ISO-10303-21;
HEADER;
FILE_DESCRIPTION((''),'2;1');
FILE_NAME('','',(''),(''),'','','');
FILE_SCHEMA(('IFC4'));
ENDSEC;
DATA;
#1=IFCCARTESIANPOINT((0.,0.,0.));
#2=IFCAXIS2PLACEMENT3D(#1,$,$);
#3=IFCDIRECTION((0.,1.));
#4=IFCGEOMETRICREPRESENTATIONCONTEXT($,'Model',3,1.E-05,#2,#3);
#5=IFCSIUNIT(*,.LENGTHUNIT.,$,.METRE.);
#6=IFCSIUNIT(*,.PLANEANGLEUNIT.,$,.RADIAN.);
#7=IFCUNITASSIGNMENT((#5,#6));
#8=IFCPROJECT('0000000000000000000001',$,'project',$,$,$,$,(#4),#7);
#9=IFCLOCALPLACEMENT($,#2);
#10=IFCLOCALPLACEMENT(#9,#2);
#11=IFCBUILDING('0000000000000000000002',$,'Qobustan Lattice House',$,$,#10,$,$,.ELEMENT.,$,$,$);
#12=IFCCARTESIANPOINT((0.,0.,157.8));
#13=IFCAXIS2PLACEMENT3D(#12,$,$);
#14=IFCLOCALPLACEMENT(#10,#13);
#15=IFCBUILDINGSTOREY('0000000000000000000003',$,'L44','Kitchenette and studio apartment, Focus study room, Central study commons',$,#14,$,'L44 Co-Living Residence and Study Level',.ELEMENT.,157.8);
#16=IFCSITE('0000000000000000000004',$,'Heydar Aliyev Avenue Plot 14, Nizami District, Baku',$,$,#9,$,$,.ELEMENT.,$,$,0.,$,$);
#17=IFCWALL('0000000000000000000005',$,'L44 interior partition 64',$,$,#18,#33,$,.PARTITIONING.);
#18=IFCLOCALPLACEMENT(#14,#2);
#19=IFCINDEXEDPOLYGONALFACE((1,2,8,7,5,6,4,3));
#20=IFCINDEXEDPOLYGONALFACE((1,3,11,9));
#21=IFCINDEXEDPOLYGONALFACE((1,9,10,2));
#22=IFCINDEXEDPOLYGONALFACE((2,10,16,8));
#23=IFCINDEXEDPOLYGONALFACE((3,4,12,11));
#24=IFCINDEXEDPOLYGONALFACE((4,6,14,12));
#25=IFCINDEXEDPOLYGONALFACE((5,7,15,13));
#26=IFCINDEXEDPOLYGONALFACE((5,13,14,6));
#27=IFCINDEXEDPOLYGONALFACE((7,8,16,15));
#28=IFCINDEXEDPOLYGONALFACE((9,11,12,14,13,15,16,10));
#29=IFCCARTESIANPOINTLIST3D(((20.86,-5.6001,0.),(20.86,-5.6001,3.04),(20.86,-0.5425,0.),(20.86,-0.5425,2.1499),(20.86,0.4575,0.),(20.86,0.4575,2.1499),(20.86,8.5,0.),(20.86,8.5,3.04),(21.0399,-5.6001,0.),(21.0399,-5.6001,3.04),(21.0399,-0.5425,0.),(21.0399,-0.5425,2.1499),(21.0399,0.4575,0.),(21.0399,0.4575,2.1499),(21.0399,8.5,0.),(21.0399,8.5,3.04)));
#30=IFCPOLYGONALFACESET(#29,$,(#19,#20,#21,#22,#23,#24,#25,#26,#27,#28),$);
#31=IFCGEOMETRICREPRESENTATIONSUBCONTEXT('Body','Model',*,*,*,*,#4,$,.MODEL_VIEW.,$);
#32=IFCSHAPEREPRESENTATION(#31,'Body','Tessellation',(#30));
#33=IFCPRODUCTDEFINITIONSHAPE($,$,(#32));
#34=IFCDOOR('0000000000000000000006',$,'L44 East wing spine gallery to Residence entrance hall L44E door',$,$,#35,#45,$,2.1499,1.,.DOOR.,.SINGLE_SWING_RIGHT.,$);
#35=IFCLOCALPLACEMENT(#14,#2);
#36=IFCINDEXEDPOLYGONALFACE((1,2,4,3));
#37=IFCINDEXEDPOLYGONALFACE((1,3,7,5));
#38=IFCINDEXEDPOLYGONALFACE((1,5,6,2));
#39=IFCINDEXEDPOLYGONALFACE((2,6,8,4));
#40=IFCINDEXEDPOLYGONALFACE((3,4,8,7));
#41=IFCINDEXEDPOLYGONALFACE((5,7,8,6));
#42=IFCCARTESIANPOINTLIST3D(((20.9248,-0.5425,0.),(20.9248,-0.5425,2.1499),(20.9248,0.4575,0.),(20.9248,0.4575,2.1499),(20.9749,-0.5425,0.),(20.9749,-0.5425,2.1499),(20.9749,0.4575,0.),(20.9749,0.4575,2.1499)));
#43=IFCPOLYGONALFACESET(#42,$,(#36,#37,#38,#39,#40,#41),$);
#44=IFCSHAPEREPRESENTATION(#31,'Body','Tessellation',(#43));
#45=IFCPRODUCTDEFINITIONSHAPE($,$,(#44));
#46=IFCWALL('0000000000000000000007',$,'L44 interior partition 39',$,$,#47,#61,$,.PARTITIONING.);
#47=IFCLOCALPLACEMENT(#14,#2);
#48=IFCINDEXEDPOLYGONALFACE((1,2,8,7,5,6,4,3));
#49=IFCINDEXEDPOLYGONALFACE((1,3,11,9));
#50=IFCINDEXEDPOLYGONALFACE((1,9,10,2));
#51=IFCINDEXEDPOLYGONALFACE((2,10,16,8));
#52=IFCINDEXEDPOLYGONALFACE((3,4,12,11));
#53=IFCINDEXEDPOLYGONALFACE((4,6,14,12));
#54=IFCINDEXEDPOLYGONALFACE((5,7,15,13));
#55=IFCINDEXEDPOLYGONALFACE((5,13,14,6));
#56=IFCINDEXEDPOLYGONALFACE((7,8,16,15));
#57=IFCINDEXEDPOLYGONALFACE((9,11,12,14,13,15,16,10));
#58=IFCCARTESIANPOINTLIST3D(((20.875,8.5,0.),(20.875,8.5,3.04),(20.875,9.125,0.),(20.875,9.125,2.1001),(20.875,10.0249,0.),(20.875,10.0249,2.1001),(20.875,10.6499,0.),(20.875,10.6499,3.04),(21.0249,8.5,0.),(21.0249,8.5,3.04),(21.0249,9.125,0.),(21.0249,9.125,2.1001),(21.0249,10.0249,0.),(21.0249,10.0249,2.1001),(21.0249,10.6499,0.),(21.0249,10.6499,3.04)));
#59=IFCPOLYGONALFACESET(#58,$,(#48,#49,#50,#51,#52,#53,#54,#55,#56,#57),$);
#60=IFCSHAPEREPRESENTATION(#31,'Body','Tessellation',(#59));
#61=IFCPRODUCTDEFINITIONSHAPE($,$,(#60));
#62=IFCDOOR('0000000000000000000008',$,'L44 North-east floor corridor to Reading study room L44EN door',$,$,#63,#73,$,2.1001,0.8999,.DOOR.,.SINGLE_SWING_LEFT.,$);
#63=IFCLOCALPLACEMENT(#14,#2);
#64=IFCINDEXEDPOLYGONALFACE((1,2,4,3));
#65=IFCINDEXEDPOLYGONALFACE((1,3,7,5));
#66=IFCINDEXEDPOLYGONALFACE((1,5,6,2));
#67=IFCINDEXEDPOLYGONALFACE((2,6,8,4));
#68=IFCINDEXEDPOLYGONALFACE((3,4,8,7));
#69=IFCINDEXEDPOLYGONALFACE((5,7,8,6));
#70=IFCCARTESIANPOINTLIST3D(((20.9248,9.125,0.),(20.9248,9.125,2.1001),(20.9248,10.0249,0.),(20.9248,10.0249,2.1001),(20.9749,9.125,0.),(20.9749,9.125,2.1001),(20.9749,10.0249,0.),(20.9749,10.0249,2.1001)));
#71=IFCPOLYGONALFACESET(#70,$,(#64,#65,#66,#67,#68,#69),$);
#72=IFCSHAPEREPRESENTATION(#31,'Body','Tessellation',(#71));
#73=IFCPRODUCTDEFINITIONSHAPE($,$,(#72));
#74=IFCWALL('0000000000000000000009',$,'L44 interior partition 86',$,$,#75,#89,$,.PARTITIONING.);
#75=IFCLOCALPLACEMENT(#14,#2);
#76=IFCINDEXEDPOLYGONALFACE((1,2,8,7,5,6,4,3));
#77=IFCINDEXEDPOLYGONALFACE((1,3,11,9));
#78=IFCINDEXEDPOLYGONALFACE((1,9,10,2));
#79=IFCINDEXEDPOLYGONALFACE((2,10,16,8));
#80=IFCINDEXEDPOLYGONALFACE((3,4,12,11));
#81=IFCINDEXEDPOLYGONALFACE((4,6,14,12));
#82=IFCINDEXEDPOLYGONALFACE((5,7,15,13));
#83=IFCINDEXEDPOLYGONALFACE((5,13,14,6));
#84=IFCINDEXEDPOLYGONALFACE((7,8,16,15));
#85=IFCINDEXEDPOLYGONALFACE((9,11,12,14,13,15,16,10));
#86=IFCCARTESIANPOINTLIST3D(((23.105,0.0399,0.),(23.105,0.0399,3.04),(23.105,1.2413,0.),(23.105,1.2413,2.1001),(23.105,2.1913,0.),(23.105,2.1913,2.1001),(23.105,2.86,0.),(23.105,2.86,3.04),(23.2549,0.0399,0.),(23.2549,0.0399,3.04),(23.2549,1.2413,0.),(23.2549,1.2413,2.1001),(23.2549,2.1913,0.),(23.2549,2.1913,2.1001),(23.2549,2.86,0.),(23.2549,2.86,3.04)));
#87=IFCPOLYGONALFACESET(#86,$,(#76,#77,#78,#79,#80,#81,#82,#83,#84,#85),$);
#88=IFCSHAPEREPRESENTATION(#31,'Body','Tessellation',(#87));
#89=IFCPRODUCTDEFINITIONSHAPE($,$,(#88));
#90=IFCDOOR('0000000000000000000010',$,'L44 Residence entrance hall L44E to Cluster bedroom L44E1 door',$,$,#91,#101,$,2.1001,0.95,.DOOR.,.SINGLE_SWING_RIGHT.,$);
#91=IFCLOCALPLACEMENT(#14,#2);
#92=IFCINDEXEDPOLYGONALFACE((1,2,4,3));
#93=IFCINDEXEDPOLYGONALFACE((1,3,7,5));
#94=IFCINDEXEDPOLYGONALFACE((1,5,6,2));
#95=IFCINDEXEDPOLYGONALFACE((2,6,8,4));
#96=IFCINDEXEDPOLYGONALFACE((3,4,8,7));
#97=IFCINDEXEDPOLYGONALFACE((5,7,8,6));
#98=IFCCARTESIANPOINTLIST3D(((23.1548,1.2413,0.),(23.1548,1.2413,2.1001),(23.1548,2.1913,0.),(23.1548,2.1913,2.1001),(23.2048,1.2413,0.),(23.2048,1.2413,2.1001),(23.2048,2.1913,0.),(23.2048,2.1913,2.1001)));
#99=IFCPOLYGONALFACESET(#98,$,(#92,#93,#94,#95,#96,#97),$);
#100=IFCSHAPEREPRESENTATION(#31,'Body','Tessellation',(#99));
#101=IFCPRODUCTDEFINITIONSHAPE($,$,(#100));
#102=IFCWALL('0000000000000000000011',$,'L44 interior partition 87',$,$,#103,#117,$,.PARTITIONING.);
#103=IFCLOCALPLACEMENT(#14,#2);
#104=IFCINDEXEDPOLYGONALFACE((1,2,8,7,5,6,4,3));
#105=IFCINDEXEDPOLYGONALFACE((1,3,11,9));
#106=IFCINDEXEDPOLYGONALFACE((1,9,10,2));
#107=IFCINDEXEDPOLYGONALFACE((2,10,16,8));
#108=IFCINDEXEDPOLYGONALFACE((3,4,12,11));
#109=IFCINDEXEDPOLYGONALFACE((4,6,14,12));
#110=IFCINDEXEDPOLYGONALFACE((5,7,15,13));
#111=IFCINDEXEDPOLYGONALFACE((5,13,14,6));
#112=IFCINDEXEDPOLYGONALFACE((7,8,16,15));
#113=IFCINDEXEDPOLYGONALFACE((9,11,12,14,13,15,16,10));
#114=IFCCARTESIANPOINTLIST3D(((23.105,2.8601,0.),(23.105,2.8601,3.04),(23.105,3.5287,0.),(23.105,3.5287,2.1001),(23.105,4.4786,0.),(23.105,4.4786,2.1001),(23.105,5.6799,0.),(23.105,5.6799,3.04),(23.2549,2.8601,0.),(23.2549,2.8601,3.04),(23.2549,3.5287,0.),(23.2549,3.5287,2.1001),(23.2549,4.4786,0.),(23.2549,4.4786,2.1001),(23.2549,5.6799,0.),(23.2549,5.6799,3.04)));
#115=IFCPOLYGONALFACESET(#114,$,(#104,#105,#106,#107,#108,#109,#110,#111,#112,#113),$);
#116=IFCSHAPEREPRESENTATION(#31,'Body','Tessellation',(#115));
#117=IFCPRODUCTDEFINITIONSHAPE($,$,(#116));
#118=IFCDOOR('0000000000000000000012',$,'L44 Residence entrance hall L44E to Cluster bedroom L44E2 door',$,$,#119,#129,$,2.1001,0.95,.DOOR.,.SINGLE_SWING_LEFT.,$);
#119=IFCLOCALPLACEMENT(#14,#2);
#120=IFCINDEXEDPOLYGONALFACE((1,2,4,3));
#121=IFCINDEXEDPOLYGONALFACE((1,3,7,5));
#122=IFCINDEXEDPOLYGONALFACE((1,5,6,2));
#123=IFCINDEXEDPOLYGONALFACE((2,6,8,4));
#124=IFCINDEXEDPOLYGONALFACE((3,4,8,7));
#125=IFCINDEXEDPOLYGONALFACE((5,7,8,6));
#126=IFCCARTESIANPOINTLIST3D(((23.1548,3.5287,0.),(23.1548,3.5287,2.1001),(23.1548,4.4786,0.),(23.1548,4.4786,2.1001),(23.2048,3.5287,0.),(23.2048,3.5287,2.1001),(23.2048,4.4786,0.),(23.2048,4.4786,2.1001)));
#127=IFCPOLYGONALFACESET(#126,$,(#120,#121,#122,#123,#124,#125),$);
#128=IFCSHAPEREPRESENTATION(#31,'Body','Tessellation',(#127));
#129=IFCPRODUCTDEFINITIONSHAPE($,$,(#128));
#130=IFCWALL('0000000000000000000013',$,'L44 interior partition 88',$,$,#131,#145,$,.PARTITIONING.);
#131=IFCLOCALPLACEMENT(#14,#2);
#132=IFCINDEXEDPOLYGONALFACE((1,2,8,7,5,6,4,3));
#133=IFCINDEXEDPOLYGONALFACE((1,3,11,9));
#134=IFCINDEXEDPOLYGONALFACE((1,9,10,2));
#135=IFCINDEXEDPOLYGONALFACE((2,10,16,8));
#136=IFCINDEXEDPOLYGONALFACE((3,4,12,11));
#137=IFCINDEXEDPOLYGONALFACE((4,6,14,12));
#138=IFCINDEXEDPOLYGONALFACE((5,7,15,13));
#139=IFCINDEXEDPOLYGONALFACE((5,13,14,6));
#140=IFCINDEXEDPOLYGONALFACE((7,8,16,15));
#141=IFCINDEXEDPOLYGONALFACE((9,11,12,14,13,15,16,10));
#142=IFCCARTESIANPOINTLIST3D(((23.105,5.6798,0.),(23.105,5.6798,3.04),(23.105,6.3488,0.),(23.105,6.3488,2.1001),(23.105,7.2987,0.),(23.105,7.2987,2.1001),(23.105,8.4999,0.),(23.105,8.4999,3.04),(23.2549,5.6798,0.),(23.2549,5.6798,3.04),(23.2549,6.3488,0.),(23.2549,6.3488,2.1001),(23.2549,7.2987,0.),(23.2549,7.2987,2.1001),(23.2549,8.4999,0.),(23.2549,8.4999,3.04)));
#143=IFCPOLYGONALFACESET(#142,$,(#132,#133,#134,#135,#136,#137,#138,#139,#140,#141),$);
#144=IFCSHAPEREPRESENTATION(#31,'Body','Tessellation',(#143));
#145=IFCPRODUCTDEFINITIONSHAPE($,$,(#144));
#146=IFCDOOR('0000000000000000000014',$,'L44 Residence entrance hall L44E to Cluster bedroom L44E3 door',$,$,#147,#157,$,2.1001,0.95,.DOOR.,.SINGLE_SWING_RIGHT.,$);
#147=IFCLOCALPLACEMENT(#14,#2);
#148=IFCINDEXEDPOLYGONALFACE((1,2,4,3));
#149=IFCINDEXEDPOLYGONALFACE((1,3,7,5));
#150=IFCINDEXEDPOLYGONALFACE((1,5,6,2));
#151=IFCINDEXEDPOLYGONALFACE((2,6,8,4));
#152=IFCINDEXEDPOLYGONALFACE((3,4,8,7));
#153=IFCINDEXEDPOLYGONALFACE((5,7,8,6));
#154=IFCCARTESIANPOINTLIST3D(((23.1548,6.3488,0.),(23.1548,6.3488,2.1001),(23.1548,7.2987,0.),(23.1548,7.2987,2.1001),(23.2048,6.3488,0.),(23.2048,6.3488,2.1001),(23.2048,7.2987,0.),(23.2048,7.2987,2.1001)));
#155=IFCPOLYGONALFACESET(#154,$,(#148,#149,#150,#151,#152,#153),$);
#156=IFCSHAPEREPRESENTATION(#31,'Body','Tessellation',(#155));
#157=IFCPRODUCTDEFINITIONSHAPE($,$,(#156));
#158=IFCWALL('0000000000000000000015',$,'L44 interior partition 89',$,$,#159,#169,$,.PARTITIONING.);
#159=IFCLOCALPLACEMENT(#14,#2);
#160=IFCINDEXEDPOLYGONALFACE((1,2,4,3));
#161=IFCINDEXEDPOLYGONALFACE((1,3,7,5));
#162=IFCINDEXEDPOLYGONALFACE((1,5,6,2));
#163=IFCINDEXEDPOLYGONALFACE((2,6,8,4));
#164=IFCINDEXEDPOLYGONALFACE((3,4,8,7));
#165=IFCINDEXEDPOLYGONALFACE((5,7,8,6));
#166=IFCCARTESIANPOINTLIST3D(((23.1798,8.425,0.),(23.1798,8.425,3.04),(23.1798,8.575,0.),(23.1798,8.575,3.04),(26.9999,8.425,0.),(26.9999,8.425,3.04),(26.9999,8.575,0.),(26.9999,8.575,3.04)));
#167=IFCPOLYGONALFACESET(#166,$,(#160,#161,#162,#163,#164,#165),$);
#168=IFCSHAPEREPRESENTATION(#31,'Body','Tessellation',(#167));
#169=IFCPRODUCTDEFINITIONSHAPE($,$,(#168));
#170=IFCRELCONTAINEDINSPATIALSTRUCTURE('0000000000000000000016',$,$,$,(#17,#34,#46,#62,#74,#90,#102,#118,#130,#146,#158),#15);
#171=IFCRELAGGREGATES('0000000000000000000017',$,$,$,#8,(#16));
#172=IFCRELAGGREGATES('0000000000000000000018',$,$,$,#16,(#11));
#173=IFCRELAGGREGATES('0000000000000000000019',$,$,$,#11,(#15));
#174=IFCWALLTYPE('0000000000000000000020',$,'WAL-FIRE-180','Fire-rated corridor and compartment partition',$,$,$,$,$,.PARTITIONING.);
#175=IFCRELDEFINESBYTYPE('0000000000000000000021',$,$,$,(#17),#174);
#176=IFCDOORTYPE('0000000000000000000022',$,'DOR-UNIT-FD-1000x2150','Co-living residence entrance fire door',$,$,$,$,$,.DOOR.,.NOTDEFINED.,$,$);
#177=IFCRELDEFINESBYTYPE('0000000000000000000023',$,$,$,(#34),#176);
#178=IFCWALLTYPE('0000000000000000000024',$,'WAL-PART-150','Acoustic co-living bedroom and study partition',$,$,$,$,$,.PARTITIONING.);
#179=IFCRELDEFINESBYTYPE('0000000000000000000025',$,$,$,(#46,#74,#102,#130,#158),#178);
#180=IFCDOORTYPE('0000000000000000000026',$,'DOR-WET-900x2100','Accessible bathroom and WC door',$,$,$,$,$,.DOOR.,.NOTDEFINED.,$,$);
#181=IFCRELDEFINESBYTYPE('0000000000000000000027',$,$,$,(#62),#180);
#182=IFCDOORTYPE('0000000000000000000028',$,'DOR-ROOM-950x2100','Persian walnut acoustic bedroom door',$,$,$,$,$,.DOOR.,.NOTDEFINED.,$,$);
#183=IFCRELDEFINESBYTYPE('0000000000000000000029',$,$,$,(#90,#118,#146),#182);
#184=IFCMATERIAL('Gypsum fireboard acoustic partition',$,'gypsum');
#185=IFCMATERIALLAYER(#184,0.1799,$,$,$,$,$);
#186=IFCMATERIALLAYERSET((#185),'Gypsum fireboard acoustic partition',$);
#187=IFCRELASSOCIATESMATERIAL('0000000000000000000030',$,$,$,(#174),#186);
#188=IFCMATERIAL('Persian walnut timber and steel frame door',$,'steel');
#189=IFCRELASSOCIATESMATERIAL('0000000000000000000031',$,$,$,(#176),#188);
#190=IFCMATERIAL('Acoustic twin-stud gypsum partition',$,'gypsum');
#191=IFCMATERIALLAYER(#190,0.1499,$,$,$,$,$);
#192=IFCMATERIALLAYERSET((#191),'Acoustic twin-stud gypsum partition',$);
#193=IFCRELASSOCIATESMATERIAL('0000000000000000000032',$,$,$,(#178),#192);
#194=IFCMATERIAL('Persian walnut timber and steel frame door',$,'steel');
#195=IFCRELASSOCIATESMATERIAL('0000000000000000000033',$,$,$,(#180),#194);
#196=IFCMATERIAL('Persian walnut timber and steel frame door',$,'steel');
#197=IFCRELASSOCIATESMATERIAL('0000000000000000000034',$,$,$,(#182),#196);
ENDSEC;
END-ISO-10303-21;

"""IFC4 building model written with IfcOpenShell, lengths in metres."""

from ifc_helpers import new_model, si_unit, direction, frame, frame_2d, origin, place, context, subcontext, project, spatial, rectangle, extrude, material, layer, layer_set, type_object, element, fill, save


model = new_model("IFC4")

# Units and contexts
model_context = context("Model", 3, precision=1e-05, world=origin(), true_north=direction((0.0, 1.0)))
body_context = subcontext(model_context, "Body", "Model", "MODEL_VIEW")
ifc_project = project(units=[si_unit("LENGTHUNIT", "METRE"), si_unit("PLANEANGLEUNIT", "RADIAN")], contexts=[model_context])

# Site, building, storey
site_placement = place(None, origin())
site = spatial("IfcSite", under=ifc_project, at=site_placement, Name="Heydar Aliyev Avenue Plot 14, Nizami District, Baku", CompositionType="ELEMENT", RefElevation=0.0)
building_placement = place(site_placement, origin())
building = spatial("IfcBuilding", under=site, at=building_placement, Name="Qobustan Lattice House", CompositionType="ELEMENT")
storey_placement = place(building_placement, frame((0.0, 0.0, 157.8)))
storey = spatial("IfcBuildingStorey", under=building, at=storey_placement, Name="L44", Description="Kitchenette and studio apartment, Focus study room, Central study commons", LongName="L44 Co-Living Residence and Study Level", CompositionType="ELEMENT", Elevation=157.8)

# Walls, openings, doors
ifc_material_1 = material(Name="Gypsum fireboard acoustic partition", Category="gypsum")
ifc_layer_1 = layer(ifc_material_1, 0.1799)
ifc_layer_set_1 = layer_set([ifc_layer_1], Name="Gypsum fireboard acoustic partition")
wall_type_1 = type_object("IfcWallType", Name="WAL-FIRE-180", Description="Fire-rated corridor and compartment partition", PredefinedType="PARTITIONING", material=ifc_layer_set_1)
wall_1_placement = place(storey_placement, frame((20.95, 8.5, 0.0), z_axis=(0.0, 0.0, 1.0), x_axis=(0.0, -1.0, 0.0)))
wall_1 = element("IfcWall", 1, at=wall_1_placement, inside=storey, type_object=wall_type_1, Name="L44 interior partition 64", PredefinedType="PARTITIONING", context=body_context, shape_type="SweptSolid", body=[
    extrude(rectangle(XDim=14.1001, YDim=0.1799, at=frame_2d((7.05, 0.0))), origin(), (0.0, 0.0, 1.0), 3.04),
])
opening_1_placement = place(wall_1_placement, frame((8.0425, 0.0, 0.0)))
opening_1 = element("IfcOpeningElement", 2, at=opening_1_placement, cuts=wall_1, PredefinedType="OPENING", context=body_context, shape_type="SweptSolid", body=[
    extrude(rectangle(XDim=1.0, YDim=2.1499, at=frame_2d((0.5, 1.075))), frame((0.0, 0.0999, 0.0), z_axis=(0.0, -1.0, 0.0), x_axis=(1.0, 0.0, 0.0)), (0.0, 0.0, 1.0), 0.2),
])
ifc_material_2 = material(Name="Persian walnut timber and steel frame door", Category="steel")
door_type_1 = type_object("IfcDoorType", Name="DOR-UNIT-FD-1000x2150", Description="Co-living residence entrance fire door", OperationType="NOTDEFINED", PredefinedType="DOOR", material=ifc_material_2)
door_1_placement = place(opening_1_placement, origin())
door_1 = element("IfcDoor", 3, at=door_1_placement, inside=storey, type_object=door_type_1, Name="L44 East wing spine gallery to Residence entrance hall L44E door", OperationType="SINGLE_SWING_RIGHT", OverallHeight=2.1499, OverallWidth=1.0, PredefinedType="DOOR", context=body_context, shape_type="SweptSolid", body=[
    extrude(rectangle(XDim=1.0, YDim=2.1499, at=frame_2d((0.5, 1.075))), frame((0.0, 0.0249, 0.0), z_axis=(0.0, -1.0, 0.0), x_axis=(1.0, 0.0, 0.0)), (0.0, 0.0, 1.0), 0.05),
])
fill(opening_1, door_1)
ifc_material_3 = material(Name="Acoustic twin-stud gypsum partition", Category="gypsum")
ifc_layer_2 = layer(ifc_material_3, 0.1499)
ifc_layer_set_2 = layer_set([ifc_layer_2], Name="Acoustic twin-stud gypsum partition")
wall_type_2 = type_object("IfcWallType", Name="WAL-PART-150", Description="Acoustic co-living bedroom and study partition", PredefinedType="PARTITIONING", material=ifc_layer_set_2)
wall_2_placement = place(storey_placement, frame((20.95, 10.6499, 0.0), z_axis=(0.0, 0.0, 1.0), x_axis=(0.0, -1.0, 0.0)))
wall_2 = element("IfcWall", 4, at=wall_2_placement, inside=storey, type_object=wall_type_2, Name="L44 interior partition 39", PredefinedType="PARTITIONING", context=body_context, shape_type="SweptSolid", body=[
    extrude(rectangle(XDim=2.1499, YDim=0.1499, at=frame_2d((1.075, 0.0))), origin(), (0.0, 0.0, 1.0), 3.04),
])
opening_2_placement = place(wall_2_placement, frame((0.625, 0.0, 0.0)))
opening_2 = element("IfcOpeningElement", 5, at=opening_2_placement, cuts=wall_2, PredefinedType="OPENING", context=body_context, shape_type="SweptSolid", body=[
    extrude(rectangle(XDim=0.8999, YDim=2.1001, at=frame_2d((0.45, 1.05))), frame((0.0, 0.085, 0.0), z_axis=(0.0, -1.0, 0.0), x_axis=(1.0, 0.0, 0.0)), (0.0, 0.0, 1.0), 0.1699),
])
ifc_material_4 = material(Name="Persian walnut timber and steel frame door", Category="steel")
door_type_2 = type_object("IfcDoorType", Name="DOR-WET-900x2100", Description="Accessible bathroom and WC door", OperationType="NOTDEFINED", PredefinedType="DOOR", material=ifc_material_4)
door_2_placement = place(opening_2_placement, origin())
door_2 = element("IfcDoor", 6, at=door_2_placement, inside=storey, type_object=door_type_2, Name="L44 North-east floor corridor to Reading study room L44EN door", OperationType="SINGLE_SWING_LEFT", OverallHeight=2.1001, OverallWidth=0.8999, PredefinedType="DOOR", context=body_context, shape_type="SweptSolid", body=[
    extrude(rectangle(XDim=0.8999, YDim=2.1001, at=frame_2d((0.45, 1.05))), frame((0.0, 0.0249, 0.0), z_axis=(0.0, -1.0, 0.0), x_axis=(1.0, 0.0, 0.0)), (0.0, 0.0, 1.0), 0.05),
])
fill(opening_2, door_2)
wall_3_placement = place(storey_placement, frame((23.1799, 2.8601, 0.0), z_axis=(0.0, 0.0, 1.0), x_axis=(0.0, -1.0, 0.0)))
wall_3 = element("IfcWall", 7, at=wall_3_placement, inside=storey, type_object=wall_type_2, Name="L44 interior partition 86", PredefinedType="PARTITIONING", context=body_context, shape_type="SweptSolid", body=[
    extrude(rectangle(XDim=2.8201, YDim=0.1499, at=frame_2d((1.4102, 0.0))), origin(), (0.0, 0.0, 1.0), 3.04),
])
opening_3_placement = place(wall_3_placement, frame((0.6687, 0.0, 0.0)))
opening_3 = element("IfcOpeningElement", 8, at=opening_3_placement, cuts=wall_3, PredefinedType="OPENING", context=body_context, shape_type="SweptSolid", body=[
    extrude(rectangle(XDim=0.95, YDim=2.1001, at=frame_2d((0.4751, 1.05))), frame((0.0, 0.085, 0.0), z_axis=(0.0, -1.0, 0.0), x_axis=(1.0, 0.0, 0.0)), (0.0, 0.0, 1.0), 0.1699),
])
ifc_material_5 = material(Name="Persian walnut timber and steel frame door", Category="steel")
door_type_3 = type_object("IfcDoorType", Name="DOR-ROOM-950x2100", Description="Persian walnut acoustic bedroom door", OperationType="NOTDEFINED", PredefinedType="DOOR", material=ifc_material_5)
door_3_placement = place(opening_3_placement, origin())
door_3 = element("IfcDoor", 9, at=door_3_placement, inside=storey, type_object=door_type_3, Name="L44 Residence entrance hall L44E to Cluster bedroom L44E1 door", OperationType="SINGLE_SWING_RIGHT", OverallHeight=2.1001, OverallWidth=0.95, PredefinedType="DOOR", context=body_context, shape_type="SweptSolid", body=[
    extrude(rectangle(XDim=0.95, YDim=2.1001, at=frame_2d((0.4751, 1.05))), frame((0.0, 0.0249, 0.0), z_axis=(0.0, -1.0, 0.0), x_axis=(1.0, 0.0, 0.0)), (0.0, 0.0, 1.0), 0.05),
])
fill(opening_3, door_3)
wall_4_placement = place(storey_placement, frame((23.1799, 5.6799, 0.0), z_axis=(0.0, 0.0, 1.0), x_axis=(0.0, -1.0, 0.0)))
wall_4 = element("IfcWall", 10, at=wall_4_placement, inside=storey, type_object=wall_type_2, Name="L44 interior partition 87", PredefinedType="PARTITIONING", context=body_context, shape_type="SweptSolid", body=[
    extrude(rectangle(XDim=2.8198, YDim=0.1499, at=frame_2d((1.4099, 0.0))), origin(), (0.0, 0.0, 1.0), 3.04),
])
opening_4_placement = place(wall_4_placement, frame((1.2012, 0.0, 0.0)))
opening_4 = element("IfcOpeningElement", 11, at=opening_4_placement, cuts=wall_4, PredefinedType="OPENING", context=body_context, shape_type="SweptSolid", body=[
    extrude(rectangle(XDim=0.95, YDim=2.1001, at=frame_2d((0.4751, 1.05))), frame((0.0, 0.085, 0.0), z_axis=(0.0, -1.0, 0.0), x_axis=(1.0, 0.0, 0.0)), (0.0, 0.0, 1.0), 0.1699),
])
door_4_placement = place(opening_4_placement, origin())
door_4 = element("IfcDoor", 12, at=door_4_placement, inside=storey, type_object=door_type_3, Name="L44 Residence entrance hall L44E to Cluster bedroom L44E2 door", OperationType="SINGLE_SWING_LEFT", OverallHeight=2.1001, OverallWidth=0.95, PredefinedType="DOOR", context=body_context, shape_type="SweptSolid", body=[
    extrude(rectangle(XDim=0.95, YDim=2.1001, at=frame_2d((0.4751, 1.05))), frame((0.0, 0.0249, 0.0), z_axis=(0.0, -1.0, 0.0), x_axis=(1.0, 0.0, 0.0)), (0.0, 0.0, 1.0), 0.05),
])
fill(opening_4, door_4)
wall_5_placement = place(storey_placement, frame((23.1799, 8.5, 0.0), z_axis=(0.0, 0.0, 1.0), x_axis=(0.0, -1.0, 0.0)))
wall_5 = element("IfcWall", 13, at=wall_5_placement, inside=storey, type_object=wall_type_2, Name="L44 interior partition 88", PredefinedType="PARTITIONING", context=body_context, shape_type="SweptSolid", body=[
    extrude(rectangle(XDim=2.8201, YDim=0.1499, at=frame_2d((1.4102, 0.0))), origin(), (0.0, 0.0, 1.0), 3.04),
])
opening_5_placement = place(wall_5_placement, frame((1.2012, 0.0, 0.0)))
opening_5 = element("IfcOpeningElement", 14, at=opening_5_placement, cuts=wall_5, PredefinedType="OPENING", context=body_context, shape_type="SweptSolid", body=[
    extrude(rectangle(XDim=0.95, YDim=2.1001, at=frame_2d((0.4751, 1.05))), frame((0.0, 0.085, 0.0), z_axis=(0.0, -1.0, 0.0), x_axis=(1.0, 0.0, 0.0)), (0.0, 0.0, 1.0), 0.1699),
])
door_5_placement = place(opening_5_placement, origin())
door_5 = element("IfcDoor", 15, at=door_5_placement, inside=storey, type_object=door_type_3, Name="L44 Residence entrance hall L44E to Cluster bedroom L44E3 door", OperationType="SINGLE_SWING_RIGHT", OverallHeight=2.1001, OverallWidth=0.95, PredefinedType="DOOR", context=body_context, shape_type="SweptSolid", body=[
    extrude(rectangle(XDim=0.95, YDim=2.1001, at=frame_2d((0.4751, 1.05))), frame((0.0, 0.0249, 0.0), z_axis=(0.0, -1.0, 0.0), x_axis=(1.0, 0.0, 0.0)), (0.0, 0.0, 1.0), 0.05),
])
fill(opening_5, door_5)

# Wall
wall_6_placement = place(storey_placement, frame((27.0, 8.5, 0.0), z_axis=(0.0, 0.0, 1.0), x_axis=(-1.0, 0.0, 0.0)))
element("IfcWall", 16, at=wall_6_placement, inside=storey, type_object=wall_type_2, Name="L44 interior partition 89", PredefinedType="PARTITIONING", context=body_context, shape_type="SweptSolid", body=[
    extrude(rectangle(XDim=3.8201, YDim=0.1499, at=frame_2d((1.9102, 0.0))), origin(), (0.0, 0.0, 1.0), 3.04),
])

save(model, "model.ifc")
